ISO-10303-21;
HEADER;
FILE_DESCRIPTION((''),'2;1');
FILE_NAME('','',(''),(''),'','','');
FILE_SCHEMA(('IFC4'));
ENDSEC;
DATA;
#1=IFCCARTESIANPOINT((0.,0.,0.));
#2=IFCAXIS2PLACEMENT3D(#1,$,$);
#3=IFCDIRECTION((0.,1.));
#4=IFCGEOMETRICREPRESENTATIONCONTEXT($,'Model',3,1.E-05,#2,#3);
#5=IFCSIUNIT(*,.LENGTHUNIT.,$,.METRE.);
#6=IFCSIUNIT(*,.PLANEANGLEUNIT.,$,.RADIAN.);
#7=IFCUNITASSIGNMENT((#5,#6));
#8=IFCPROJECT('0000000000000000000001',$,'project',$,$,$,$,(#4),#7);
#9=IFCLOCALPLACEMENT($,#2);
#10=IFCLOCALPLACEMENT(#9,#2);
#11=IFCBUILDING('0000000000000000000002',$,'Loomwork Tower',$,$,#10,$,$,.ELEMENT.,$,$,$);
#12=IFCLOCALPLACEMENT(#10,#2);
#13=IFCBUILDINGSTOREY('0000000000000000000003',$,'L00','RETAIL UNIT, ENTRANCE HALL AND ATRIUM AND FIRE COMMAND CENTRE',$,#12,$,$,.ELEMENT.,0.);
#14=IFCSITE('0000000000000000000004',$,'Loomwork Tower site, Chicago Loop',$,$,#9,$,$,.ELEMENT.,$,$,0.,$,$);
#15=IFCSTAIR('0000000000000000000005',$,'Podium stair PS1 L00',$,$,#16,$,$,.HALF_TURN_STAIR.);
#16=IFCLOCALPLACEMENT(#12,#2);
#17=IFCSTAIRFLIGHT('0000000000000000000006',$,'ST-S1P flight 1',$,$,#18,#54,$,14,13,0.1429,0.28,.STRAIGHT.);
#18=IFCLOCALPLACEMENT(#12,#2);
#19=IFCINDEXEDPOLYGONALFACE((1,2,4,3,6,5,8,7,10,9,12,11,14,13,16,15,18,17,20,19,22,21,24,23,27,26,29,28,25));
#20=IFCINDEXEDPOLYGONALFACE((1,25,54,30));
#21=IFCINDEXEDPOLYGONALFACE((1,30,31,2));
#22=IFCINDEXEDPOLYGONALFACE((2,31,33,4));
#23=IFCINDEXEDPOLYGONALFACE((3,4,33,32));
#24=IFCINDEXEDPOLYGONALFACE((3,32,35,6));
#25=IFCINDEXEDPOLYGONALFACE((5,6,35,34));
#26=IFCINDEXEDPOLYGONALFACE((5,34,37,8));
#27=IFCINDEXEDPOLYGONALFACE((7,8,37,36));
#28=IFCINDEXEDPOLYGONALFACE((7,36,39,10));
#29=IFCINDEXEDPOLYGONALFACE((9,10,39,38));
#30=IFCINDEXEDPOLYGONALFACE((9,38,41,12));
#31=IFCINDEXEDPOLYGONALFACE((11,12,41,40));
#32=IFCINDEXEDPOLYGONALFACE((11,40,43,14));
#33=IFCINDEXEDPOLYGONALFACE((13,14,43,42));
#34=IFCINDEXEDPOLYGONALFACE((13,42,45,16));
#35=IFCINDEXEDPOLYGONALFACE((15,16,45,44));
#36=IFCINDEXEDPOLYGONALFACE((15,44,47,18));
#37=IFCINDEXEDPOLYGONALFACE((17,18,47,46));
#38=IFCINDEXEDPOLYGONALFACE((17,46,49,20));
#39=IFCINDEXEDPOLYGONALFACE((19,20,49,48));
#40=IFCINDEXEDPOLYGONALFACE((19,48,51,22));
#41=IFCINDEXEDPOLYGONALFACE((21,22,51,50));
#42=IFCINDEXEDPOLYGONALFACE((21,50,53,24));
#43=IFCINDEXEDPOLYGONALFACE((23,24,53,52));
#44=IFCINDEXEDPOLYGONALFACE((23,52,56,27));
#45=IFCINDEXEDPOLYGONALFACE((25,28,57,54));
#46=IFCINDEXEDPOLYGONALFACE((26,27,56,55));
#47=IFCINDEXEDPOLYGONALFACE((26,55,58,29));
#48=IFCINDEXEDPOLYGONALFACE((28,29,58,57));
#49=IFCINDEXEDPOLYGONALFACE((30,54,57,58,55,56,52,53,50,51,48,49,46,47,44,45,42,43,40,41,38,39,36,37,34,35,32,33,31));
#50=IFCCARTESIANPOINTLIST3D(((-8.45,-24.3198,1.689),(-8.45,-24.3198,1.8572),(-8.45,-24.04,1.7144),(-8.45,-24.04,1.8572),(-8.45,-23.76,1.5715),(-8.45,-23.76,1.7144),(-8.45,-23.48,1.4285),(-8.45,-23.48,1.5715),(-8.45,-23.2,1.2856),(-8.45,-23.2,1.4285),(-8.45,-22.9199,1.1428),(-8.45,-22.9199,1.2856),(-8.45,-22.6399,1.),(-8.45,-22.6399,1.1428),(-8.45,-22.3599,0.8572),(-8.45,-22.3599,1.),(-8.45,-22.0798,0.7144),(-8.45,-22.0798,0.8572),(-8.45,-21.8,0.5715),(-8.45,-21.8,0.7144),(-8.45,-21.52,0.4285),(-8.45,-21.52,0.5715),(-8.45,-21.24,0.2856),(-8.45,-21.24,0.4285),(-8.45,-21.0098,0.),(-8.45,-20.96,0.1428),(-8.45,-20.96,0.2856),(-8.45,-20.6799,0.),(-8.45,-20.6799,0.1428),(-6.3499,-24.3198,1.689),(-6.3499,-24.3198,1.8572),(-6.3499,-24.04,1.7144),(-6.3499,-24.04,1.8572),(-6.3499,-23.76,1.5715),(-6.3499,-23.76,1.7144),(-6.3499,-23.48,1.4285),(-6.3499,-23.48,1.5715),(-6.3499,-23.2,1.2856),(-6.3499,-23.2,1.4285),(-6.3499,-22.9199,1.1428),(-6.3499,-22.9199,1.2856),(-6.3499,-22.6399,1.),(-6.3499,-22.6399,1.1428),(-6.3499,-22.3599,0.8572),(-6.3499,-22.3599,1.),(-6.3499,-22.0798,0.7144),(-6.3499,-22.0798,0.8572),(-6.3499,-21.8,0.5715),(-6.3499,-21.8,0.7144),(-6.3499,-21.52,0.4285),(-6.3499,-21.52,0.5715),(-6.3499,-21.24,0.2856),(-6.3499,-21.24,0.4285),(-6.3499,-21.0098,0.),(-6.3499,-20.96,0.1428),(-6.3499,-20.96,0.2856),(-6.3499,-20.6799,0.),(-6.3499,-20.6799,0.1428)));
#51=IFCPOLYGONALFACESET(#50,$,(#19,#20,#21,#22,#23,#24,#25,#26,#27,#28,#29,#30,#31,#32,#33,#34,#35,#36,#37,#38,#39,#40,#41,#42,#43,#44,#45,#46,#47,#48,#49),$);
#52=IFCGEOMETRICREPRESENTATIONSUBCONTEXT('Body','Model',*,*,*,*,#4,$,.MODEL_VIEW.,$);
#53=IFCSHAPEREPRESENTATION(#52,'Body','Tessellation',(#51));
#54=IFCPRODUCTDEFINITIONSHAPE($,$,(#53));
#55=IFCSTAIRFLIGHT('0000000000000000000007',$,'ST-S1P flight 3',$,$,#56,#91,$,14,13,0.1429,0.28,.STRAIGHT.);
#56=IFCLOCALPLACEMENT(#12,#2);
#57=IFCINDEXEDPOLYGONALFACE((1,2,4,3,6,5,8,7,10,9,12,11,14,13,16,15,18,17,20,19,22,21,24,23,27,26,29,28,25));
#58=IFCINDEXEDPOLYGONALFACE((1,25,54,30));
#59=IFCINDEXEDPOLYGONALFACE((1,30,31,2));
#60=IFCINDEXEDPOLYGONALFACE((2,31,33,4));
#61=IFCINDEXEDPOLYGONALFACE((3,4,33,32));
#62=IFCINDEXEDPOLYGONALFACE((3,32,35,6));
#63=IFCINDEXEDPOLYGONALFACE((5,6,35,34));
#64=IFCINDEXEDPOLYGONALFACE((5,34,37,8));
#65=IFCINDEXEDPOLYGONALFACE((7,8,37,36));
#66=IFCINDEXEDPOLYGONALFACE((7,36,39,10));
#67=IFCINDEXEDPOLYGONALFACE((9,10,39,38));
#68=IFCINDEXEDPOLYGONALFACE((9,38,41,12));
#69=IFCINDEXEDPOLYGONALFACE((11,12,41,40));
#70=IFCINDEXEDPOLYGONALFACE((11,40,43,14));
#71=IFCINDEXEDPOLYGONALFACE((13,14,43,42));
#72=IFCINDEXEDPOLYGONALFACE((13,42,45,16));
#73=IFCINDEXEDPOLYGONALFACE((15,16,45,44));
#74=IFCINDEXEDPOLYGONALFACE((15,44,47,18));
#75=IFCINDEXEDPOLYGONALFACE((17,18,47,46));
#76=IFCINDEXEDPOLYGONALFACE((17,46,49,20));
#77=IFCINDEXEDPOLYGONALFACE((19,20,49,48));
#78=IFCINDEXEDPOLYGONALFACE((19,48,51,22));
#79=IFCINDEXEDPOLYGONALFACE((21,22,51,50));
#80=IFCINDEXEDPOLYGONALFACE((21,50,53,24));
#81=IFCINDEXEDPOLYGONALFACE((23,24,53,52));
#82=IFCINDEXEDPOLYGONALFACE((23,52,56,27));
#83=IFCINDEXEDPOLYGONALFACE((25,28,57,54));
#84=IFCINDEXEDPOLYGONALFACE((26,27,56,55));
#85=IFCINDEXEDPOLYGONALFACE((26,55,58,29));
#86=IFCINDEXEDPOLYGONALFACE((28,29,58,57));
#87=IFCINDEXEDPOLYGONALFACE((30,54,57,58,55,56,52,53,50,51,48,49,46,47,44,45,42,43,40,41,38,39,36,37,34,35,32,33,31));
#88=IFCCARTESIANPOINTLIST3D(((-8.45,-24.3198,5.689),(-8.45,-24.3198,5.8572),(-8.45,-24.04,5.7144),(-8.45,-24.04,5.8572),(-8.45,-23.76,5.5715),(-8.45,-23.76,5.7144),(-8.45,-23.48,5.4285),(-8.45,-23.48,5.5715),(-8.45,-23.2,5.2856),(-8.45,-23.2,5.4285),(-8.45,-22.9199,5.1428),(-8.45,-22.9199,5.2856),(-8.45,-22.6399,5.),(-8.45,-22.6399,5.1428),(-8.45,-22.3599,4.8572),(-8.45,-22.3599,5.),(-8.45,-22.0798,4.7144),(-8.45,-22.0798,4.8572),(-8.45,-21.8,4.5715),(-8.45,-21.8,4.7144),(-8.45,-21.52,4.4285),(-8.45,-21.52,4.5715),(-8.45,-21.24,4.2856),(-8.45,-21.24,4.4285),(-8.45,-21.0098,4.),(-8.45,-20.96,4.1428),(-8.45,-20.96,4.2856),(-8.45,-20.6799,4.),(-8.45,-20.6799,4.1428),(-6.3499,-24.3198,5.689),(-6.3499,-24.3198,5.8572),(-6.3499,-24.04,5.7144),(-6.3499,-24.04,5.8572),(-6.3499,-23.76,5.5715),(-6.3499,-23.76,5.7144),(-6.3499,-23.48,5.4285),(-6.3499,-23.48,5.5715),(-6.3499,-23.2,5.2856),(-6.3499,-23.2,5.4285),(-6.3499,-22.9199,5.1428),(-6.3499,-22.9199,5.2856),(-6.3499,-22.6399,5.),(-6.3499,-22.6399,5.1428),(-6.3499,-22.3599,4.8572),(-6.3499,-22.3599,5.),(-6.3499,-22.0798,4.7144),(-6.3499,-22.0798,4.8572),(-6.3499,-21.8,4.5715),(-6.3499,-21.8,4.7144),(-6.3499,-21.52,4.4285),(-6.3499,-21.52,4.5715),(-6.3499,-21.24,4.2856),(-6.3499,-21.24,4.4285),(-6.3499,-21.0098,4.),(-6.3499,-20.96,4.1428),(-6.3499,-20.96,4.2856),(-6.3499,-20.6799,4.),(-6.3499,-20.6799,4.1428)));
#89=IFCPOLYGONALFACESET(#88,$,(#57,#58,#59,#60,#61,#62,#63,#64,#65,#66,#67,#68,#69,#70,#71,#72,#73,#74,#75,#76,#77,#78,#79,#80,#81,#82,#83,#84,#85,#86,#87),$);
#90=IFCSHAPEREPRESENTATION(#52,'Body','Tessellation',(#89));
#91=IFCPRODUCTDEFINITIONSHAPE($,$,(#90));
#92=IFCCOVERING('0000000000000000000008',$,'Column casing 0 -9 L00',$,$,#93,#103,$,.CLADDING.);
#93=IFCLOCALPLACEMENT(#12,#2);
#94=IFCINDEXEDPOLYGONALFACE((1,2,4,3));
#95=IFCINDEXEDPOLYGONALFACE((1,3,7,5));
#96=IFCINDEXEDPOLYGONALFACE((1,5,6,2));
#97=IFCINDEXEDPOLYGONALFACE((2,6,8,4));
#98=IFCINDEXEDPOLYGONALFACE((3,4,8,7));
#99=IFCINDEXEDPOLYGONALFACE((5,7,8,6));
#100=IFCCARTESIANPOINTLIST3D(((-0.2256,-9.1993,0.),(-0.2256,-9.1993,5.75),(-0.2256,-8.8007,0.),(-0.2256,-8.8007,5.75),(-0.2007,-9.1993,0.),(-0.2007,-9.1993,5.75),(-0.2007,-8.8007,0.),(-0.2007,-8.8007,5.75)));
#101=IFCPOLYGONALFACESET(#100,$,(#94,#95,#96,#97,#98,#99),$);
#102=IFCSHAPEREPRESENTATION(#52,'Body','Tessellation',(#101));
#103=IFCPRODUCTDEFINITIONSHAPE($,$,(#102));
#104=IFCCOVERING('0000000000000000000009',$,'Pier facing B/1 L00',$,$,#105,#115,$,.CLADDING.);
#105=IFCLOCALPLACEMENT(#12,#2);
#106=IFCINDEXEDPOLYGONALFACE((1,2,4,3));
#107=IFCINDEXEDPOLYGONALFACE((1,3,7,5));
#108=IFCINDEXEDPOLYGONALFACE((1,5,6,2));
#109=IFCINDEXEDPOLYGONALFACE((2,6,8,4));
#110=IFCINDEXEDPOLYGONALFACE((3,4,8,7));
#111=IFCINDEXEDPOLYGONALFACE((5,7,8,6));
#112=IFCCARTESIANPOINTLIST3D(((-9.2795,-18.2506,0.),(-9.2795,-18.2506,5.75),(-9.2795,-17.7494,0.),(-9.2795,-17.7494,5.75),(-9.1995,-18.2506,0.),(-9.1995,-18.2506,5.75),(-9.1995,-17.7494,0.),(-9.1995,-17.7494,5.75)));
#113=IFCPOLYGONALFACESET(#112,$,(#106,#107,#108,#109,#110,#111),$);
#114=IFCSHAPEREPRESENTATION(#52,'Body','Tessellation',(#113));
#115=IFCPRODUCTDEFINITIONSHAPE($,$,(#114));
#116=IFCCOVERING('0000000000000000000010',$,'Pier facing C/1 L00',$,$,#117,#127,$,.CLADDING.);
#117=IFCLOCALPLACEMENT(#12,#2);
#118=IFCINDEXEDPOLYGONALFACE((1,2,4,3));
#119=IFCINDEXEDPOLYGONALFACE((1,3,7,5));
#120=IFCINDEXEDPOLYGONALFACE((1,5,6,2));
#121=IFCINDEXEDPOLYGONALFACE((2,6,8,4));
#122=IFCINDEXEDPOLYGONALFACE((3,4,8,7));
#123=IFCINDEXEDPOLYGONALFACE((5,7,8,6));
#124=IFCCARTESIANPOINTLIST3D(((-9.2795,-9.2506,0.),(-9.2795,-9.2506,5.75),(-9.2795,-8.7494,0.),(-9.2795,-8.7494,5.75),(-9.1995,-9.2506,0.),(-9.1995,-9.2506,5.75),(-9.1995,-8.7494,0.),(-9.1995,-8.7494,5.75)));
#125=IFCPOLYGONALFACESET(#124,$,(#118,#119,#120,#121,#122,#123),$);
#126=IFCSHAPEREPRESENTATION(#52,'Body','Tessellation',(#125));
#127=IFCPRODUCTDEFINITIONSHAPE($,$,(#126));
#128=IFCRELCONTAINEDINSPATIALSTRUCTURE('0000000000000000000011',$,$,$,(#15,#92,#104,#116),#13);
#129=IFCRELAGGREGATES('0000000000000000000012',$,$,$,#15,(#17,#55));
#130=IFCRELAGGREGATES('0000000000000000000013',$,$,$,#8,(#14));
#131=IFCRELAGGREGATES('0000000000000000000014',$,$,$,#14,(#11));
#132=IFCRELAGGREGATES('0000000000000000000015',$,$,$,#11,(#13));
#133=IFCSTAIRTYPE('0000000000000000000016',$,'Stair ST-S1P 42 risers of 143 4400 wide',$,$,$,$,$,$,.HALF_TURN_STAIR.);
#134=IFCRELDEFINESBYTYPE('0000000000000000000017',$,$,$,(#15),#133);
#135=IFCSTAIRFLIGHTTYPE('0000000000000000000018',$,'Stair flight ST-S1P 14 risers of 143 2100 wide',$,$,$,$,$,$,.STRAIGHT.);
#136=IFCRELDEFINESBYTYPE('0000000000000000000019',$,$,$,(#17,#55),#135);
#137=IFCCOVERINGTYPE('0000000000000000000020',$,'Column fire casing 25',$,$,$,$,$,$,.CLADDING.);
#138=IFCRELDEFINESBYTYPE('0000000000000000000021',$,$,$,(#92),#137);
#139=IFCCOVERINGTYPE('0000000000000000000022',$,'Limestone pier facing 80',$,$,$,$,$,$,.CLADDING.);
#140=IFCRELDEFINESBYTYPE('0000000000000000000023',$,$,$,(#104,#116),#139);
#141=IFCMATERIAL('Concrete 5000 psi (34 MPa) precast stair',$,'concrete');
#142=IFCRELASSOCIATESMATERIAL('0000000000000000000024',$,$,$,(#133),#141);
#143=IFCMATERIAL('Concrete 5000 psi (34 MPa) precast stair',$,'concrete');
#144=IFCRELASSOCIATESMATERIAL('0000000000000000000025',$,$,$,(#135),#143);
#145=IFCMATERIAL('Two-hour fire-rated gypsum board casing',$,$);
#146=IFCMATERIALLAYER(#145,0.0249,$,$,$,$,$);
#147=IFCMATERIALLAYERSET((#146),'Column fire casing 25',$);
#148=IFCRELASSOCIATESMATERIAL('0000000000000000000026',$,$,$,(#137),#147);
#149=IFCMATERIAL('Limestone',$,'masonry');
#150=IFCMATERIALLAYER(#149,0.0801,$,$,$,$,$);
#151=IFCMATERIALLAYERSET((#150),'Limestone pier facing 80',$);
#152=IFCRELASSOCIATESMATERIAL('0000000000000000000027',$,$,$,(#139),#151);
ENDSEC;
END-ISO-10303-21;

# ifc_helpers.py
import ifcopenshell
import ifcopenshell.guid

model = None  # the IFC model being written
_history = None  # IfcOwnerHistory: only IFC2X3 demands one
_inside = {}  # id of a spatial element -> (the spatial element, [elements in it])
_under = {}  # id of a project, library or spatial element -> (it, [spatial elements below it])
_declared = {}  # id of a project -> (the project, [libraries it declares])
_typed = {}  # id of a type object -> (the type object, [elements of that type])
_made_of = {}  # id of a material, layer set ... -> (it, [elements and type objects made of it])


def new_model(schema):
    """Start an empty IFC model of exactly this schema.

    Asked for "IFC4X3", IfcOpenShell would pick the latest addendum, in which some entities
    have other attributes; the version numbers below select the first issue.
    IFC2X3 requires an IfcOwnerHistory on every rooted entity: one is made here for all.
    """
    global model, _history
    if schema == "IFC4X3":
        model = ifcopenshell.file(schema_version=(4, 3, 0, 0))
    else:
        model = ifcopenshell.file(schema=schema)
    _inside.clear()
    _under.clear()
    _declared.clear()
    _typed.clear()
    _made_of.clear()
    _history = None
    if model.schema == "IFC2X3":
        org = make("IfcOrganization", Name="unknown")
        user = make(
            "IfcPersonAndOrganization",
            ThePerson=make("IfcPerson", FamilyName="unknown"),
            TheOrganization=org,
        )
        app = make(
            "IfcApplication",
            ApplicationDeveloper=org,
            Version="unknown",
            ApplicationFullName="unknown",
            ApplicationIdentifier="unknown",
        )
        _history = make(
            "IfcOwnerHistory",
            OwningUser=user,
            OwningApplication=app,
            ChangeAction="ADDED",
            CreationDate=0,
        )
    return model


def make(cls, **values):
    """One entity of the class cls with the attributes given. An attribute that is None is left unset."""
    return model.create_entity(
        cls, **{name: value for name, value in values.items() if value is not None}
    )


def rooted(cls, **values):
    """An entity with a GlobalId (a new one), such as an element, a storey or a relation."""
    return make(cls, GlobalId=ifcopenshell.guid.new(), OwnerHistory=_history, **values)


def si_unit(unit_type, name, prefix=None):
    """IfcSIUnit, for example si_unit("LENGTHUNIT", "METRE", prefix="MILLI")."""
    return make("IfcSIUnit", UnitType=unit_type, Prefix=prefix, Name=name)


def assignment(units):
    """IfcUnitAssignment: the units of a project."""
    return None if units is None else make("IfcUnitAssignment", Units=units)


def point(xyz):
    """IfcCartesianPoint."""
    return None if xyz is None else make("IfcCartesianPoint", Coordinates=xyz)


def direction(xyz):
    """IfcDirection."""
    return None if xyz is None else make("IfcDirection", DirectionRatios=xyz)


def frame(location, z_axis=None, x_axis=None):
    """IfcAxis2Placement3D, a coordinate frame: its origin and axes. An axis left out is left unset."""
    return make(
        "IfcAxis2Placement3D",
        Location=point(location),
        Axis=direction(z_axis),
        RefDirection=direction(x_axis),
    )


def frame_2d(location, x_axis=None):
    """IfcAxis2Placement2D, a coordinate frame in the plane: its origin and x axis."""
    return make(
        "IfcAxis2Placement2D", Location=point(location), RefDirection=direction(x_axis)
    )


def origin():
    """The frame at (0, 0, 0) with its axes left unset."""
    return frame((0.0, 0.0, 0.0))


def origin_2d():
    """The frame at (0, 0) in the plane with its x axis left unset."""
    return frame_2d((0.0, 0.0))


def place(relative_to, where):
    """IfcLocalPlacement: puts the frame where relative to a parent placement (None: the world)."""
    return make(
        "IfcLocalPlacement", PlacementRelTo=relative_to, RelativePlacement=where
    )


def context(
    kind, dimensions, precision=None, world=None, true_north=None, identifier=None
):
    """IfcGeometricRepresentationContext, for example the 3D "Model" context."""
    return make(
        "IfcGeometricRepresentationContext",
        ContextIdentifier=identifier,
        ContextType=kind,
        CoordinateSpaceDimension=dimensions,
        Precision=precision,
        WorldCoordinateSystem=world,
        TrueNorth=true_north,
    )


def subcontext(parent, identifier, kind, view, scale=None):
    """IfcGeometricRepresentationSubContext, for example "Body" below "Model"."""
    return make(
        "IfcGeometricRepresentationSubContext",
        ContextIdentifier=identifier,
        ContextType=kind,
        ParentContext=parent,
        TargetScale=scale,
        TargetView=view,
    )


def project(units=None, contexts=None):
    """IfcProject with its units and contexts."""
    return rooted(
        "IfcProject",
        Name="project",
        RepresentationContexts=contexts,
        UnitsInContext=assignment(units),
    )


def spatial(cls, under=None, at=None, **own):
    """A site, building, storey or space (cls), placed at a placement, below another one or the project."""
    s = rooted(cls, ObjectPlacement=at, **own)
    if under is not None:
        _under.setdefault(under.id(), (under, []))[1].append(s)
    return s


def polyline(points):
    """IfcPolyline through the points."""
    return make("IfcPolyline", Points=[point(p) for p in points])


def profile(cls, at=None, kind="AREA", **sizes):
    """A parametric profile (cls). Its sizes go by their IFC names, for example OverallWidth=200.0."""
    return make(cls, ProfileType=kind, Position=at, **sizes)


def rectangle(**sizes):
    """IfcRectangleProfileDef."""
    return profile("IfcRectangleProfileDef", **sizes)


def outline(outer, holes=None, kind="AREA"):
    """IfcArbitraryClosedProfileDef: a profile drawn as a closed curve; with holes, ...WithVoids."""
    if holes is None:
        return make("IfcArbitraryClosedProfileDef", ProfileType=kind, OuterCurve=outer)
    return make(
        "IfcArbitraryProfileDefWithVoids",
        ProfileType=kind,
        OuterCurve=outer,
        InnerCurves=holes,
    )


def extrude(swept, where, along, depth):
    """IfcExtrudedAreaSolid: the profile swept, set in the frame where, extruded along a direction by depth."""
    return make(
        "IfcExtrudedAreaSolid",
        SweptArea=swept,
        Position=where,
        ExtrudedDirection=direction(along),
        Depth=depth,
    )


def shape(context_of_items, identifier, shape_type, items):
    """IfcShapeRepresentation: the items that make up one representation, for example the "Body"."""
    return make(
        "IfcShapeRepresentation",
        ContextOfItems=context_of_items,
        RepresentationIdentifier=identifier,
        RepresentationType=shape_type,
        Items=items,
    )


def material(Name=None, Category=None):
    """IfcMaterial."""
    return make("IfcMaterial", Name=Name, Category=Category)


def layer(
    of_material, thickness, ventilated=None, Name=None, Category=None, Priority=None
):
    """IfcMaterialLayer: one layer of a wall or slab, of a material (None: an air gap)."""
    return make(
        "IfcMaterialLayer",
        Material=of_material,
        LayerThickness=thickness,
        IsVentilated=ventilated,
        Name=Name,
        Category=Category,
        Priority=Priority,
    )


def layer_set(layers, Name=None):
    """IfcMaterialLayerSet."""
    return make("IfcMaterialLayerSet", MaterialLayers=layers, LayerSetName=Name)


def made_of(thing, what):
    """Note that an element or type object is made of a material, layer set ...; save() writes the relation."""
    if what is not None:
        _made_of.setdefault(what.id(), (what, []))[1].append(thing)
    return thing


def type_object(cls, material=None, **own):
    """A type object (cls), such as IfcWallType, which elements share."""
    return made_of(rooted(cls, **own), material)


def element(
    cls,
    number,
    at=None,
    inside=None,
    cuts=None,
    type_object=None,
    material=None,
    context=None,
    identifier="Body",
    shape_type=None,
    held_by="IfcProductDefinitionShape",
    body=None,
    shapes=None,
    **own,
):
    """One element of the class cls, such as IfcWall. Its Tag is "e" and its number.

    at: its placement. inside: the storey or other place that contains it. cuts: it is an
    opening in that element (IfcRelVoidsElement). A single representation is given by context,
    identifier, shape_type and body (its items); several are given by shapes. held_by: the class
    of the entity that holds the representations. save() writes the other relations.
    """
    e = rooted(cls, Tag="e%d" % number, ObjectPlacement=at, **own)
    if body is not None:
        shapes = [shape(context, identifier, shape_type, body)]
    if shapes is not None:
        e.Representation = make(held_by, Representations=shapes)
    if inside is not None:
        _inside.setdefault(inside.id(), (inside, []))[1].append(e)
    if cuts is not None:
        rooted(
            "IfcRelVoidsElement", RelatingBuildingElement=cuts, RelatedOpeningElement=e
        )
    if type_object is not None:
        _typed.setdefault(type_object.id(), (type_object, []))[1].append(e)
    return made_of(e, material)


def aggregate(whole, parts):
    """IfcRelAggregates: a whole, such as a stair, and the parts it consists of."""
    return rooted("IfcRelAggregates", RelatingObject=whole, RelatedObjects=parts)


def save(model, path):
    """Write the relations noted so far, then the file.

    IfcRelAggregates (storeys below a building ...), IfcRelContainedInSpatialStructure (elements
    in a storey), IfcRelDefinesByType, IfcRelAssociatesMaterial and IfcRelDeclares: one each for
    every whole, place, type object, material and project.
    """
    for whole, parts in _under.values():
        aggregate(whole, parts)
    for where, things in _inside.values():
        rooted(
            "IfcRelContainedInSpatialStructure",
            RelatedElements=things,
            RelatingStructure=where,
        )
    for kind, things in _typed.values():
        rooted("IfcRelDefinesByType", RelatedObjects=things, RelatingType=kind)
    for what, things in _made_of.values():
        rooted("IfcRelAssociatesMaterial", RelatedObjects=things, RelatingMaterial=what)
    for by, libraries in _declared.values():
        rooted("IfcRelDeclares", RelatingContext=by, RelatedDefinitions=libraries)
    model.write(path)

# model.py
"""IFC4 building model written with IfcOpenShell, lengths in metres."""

from ifc_helpers import new_model, si_unit, direction, frame, origin, origin_2d, place, context, subcontext, project, spatial, polyline, rectangle, outline, extrude, material, layer, layer_set, type_object, element, aggregate, save


model = new_model("IFC4")

# Units and contexts
model_context = context("Model", 3, precision=1e-05, world=origin(), true_north=direction((0.0, 1.0)))
body_context = subcontext(model_context, "Body", "Model", "MODEL_VIEW")
ifc_project = project(units=[si_unit("LENGTHUNIT", "METRE"), si_unit("PLANEANGLEUNIT", "RADIAN")], contexts=[model_context])

# Site, building, storey
site_placement = place(None, origin())
site = spatial("IfcSite", under=ifc_project, at=site_placement, Name="Loomwork Tower site, Chicago Loop", CompositionType="ELEMENT", RefElevation=0.0)
building_placement = place(site_placement, origin())
building = spatial("IfcBuilding", under=site, at=building_placement, Name="Loomwork Tower", CompositionType="ELEMENT")
storey_placement = place(building_placement, origin())
storey = spatial("IfcBuildingStorey", under=building, at=storey_placement, Name="L00", Description="RETAIL UNIT, ENTRANCE HALL AND ATRIUM AND FIRE COMMAND CENTRE", CompositionType="ELEMENT", Elevation=0.0)

# Stair, stair flights
ifc_material_1 = material(Name="Concrete 5000 psi (34 MPa) precast stair", Category="concrete")
stair_type = type_object("IfcStairType", Name="Stair ST-S1P 42 risers of 143 4400 wide", PredefinedType="HALF_TURN_STAIR", material=ifc_material_1)
stair_placement = place(storey_placement, origin())
stair = element("IfcStair", 1, at=stair_placement, inside=storey, type_object=stair_type, Name="Podium stair PS1 L00", PredefinedType="HALF_TURN_STAIR")
ifc_material_2 = material(Name="Concrete 5000 psi (34 MPa) precast stair", Category="concrete")
stair_flight_type = type_object("IfcStairFlightType", Name="Stair flight ST-S1P 14 risers of 143 2100 wide", PredefinedType="STRAIGHT", material=ifc_material_2)
stair_flight_1_placement = place(storey_placement, frame((-7.3999, -20.6799, 0.0), z_axis=(0.0, 0.0, 1.0), x_axis=(0.0, -1.0, 0.0)))
stair_flight_1 = element("IfcStairFlight", 2, at=stair_flight_1_placement, type_object=stair_flight_type, Name="ST-S1P flight 1", NumberOfRisers=14, NumberOfTreads=13, PredefinedType="STRAIGHT", RiserHeight=0.1429, TreadLength=0.28, context=body_context, shape_type="SweptSolid", body=[
    extrude(outline(polyline([(0.0, 0.0), (0.0, 0.1428), (0.28, 0.1428), (0.28, 0.2856), (0.5601, 0.2856), (0.5601, 0.4285), (0.8401, 0.4285), (0.8401, 0.5715), (1.1201, 0.5715), (1.1201, 0.7144), (1.3999, 0.7144), (1.3999, 0.8572), (1.6799, 0.8572), (1.6799, 1.0), (1.96, 1.0), (1.96, 1.1428), (2.24, 1.1428), (2.24, 1.2856), (2.52, 1.2856), (2.52, 1.4285), (2.8, 1.4285), (2.8, 1.5715), (3.0801, 1.5715), (3.0801, 1.7144), (3.3601, 1.7144), (3.3601, 1.8572), (3.6399, 1.8572), (3.6399, 2.0), (3.6399, 1.689), (0.3298, 0.0), (0.0, 0.0)])), frame((0.0, 1.05, 0.0), z_axis=(0.0, -1.0, 0.0), x_axis=(1.0, 0.0, 0.0)), (0.0, 0.0, 1.0), 2.1001),
])
stair_flight_2_placement = place(storey_placement, frame((-7.3999, -20.6799, 4.0), z_axis=(0.0, 0.0, 1.0), x_axis=(0.0, -1.0, 0.0)))
stair_flight_2 = element("IfcStairFlight", 3, at=stair_flight_2_placement, type_object=stair_flight_type, Name="ST-S1P flight 3", NumberOfRisers=14, NumberOfTreads=13, PredefinedType="STRAIGHT", RiserHeight=0.1429, TreadLength=0.28, context=body_context, shape_type="SweptSolid", body=[
    extrude(outline(polyline([(0.0, 0.0), (0.0, 0.1428), (0.28, 0.1428), (0.28, 0.2856), (0.5601, 0.2856), (0.5601, 0.4285), (0.8401, 0.4285), (0.8401, 0.5715), (1.1201, 0.5715), (1.1201, 0.7144), (1.3999, 0.7144), (1.3999, 0.8572), (1.6799, 0.8572), (1.6799, 1.0), (1.96, 1.0), (1.96, 1.1428), (2.24, 1.1428), (2.24, 1.2856), (2.52, 1.2856), (2.52, 1.4285), (2.8, 1.4285), (2.8, 1.5715), (3.0801, 1.5715), (3.0801, 1.7144), (3.3601, 1.7144), (3.3601, 1.8572), (3.6399, 1.8572), (3.6399, 2.0), (3.6399, 1.689), (0.3298, 0.0), (0.0, 0.0)])), frame((0.0, 1.05, 0.0), z_axis=(0.0, -1.0, 0.0), x_axis=(1.0, 0.0, 0.0)), (0.0, 0.0, 1.0), 2.1001),
])
aggregate(stair, [stair_flight_1, stair_flight_2])

# Coverings
ifc_material_3 = material(Name="Two-hour fire-rated gypsum board casing")
ifc_layer_1 = layer(ifc_material_3, 0.0249)
ifc_layer_set_1 = layer_set([ifc_layer_1], Name="Column fire casing 25")
covering_type_1 = type_object("IfcCoveringType", Name="Column fire casing 25", PredefinedType="CLADDING", material=ifc_layer_set_1)
covering_placement = place(storey_placement, frame((-0.2131, -9.0, 0.0), z_axis=(0.0, 0.0, 1.0), x_axis=(1.0, 0.0, 0.0)))
element("IfcCovering", 4, at=covering_placement, inside=storey, type_object=covering_type_1, Name="Column casing 0 -9 L00", PredefinedType="CLADDING", context=body_context, shape_type="SweptSolid", body=[
    extrude(rectangle(XDim=0.0249, YDim=0.3987, at=origin_2d()), origin(), (0.0, 0.0, 1.0), 5.75),
])
ifc_material_4 = material(Name="Limestone", Category="masonry")
ifc_layer_2 = layer(ifc_material_4, 0.0801)
ifc_layer_set_2 = layer_set([ifc_layer_2], Name="Limestone pier facing 80")
covering_type_2 = type_object("IfcCoveringType", Name="Limestone pier facing 80", PredefinedType="CLADDING", material=ifc_layer_set_2)
for number, where, z_axis, x_axis, name in (
    (5, (-9.2395, -18.0, 0.0), (0.0, 0.0, 1.0), (1.0, 0.0, 0.0), "Pier facing B/1 L00"),
    (6, (-9.2395, -9.0, 0.0), (0.0, 0.0, 1.0), (1.0, 0.0, 0.0), "Pier facing C/1 L00"),
):
    element("IfcCovering", number, at=place(storey_placement, frame(where, z_axis=z_axis, x_axis=x_axis)), inside=storey, type_object=covering_type_2, Name=name, PredefinedType="CLADDING", context=body_context, shape_type="SweptSolid", body=[
        extrude(rectangle(XDim=0.0801, YDim=0.5012, at=origin_2d()), origin(), (0.0, 0.0, 1.0), 5.75),
    ])

save(model, "model.ifc")
